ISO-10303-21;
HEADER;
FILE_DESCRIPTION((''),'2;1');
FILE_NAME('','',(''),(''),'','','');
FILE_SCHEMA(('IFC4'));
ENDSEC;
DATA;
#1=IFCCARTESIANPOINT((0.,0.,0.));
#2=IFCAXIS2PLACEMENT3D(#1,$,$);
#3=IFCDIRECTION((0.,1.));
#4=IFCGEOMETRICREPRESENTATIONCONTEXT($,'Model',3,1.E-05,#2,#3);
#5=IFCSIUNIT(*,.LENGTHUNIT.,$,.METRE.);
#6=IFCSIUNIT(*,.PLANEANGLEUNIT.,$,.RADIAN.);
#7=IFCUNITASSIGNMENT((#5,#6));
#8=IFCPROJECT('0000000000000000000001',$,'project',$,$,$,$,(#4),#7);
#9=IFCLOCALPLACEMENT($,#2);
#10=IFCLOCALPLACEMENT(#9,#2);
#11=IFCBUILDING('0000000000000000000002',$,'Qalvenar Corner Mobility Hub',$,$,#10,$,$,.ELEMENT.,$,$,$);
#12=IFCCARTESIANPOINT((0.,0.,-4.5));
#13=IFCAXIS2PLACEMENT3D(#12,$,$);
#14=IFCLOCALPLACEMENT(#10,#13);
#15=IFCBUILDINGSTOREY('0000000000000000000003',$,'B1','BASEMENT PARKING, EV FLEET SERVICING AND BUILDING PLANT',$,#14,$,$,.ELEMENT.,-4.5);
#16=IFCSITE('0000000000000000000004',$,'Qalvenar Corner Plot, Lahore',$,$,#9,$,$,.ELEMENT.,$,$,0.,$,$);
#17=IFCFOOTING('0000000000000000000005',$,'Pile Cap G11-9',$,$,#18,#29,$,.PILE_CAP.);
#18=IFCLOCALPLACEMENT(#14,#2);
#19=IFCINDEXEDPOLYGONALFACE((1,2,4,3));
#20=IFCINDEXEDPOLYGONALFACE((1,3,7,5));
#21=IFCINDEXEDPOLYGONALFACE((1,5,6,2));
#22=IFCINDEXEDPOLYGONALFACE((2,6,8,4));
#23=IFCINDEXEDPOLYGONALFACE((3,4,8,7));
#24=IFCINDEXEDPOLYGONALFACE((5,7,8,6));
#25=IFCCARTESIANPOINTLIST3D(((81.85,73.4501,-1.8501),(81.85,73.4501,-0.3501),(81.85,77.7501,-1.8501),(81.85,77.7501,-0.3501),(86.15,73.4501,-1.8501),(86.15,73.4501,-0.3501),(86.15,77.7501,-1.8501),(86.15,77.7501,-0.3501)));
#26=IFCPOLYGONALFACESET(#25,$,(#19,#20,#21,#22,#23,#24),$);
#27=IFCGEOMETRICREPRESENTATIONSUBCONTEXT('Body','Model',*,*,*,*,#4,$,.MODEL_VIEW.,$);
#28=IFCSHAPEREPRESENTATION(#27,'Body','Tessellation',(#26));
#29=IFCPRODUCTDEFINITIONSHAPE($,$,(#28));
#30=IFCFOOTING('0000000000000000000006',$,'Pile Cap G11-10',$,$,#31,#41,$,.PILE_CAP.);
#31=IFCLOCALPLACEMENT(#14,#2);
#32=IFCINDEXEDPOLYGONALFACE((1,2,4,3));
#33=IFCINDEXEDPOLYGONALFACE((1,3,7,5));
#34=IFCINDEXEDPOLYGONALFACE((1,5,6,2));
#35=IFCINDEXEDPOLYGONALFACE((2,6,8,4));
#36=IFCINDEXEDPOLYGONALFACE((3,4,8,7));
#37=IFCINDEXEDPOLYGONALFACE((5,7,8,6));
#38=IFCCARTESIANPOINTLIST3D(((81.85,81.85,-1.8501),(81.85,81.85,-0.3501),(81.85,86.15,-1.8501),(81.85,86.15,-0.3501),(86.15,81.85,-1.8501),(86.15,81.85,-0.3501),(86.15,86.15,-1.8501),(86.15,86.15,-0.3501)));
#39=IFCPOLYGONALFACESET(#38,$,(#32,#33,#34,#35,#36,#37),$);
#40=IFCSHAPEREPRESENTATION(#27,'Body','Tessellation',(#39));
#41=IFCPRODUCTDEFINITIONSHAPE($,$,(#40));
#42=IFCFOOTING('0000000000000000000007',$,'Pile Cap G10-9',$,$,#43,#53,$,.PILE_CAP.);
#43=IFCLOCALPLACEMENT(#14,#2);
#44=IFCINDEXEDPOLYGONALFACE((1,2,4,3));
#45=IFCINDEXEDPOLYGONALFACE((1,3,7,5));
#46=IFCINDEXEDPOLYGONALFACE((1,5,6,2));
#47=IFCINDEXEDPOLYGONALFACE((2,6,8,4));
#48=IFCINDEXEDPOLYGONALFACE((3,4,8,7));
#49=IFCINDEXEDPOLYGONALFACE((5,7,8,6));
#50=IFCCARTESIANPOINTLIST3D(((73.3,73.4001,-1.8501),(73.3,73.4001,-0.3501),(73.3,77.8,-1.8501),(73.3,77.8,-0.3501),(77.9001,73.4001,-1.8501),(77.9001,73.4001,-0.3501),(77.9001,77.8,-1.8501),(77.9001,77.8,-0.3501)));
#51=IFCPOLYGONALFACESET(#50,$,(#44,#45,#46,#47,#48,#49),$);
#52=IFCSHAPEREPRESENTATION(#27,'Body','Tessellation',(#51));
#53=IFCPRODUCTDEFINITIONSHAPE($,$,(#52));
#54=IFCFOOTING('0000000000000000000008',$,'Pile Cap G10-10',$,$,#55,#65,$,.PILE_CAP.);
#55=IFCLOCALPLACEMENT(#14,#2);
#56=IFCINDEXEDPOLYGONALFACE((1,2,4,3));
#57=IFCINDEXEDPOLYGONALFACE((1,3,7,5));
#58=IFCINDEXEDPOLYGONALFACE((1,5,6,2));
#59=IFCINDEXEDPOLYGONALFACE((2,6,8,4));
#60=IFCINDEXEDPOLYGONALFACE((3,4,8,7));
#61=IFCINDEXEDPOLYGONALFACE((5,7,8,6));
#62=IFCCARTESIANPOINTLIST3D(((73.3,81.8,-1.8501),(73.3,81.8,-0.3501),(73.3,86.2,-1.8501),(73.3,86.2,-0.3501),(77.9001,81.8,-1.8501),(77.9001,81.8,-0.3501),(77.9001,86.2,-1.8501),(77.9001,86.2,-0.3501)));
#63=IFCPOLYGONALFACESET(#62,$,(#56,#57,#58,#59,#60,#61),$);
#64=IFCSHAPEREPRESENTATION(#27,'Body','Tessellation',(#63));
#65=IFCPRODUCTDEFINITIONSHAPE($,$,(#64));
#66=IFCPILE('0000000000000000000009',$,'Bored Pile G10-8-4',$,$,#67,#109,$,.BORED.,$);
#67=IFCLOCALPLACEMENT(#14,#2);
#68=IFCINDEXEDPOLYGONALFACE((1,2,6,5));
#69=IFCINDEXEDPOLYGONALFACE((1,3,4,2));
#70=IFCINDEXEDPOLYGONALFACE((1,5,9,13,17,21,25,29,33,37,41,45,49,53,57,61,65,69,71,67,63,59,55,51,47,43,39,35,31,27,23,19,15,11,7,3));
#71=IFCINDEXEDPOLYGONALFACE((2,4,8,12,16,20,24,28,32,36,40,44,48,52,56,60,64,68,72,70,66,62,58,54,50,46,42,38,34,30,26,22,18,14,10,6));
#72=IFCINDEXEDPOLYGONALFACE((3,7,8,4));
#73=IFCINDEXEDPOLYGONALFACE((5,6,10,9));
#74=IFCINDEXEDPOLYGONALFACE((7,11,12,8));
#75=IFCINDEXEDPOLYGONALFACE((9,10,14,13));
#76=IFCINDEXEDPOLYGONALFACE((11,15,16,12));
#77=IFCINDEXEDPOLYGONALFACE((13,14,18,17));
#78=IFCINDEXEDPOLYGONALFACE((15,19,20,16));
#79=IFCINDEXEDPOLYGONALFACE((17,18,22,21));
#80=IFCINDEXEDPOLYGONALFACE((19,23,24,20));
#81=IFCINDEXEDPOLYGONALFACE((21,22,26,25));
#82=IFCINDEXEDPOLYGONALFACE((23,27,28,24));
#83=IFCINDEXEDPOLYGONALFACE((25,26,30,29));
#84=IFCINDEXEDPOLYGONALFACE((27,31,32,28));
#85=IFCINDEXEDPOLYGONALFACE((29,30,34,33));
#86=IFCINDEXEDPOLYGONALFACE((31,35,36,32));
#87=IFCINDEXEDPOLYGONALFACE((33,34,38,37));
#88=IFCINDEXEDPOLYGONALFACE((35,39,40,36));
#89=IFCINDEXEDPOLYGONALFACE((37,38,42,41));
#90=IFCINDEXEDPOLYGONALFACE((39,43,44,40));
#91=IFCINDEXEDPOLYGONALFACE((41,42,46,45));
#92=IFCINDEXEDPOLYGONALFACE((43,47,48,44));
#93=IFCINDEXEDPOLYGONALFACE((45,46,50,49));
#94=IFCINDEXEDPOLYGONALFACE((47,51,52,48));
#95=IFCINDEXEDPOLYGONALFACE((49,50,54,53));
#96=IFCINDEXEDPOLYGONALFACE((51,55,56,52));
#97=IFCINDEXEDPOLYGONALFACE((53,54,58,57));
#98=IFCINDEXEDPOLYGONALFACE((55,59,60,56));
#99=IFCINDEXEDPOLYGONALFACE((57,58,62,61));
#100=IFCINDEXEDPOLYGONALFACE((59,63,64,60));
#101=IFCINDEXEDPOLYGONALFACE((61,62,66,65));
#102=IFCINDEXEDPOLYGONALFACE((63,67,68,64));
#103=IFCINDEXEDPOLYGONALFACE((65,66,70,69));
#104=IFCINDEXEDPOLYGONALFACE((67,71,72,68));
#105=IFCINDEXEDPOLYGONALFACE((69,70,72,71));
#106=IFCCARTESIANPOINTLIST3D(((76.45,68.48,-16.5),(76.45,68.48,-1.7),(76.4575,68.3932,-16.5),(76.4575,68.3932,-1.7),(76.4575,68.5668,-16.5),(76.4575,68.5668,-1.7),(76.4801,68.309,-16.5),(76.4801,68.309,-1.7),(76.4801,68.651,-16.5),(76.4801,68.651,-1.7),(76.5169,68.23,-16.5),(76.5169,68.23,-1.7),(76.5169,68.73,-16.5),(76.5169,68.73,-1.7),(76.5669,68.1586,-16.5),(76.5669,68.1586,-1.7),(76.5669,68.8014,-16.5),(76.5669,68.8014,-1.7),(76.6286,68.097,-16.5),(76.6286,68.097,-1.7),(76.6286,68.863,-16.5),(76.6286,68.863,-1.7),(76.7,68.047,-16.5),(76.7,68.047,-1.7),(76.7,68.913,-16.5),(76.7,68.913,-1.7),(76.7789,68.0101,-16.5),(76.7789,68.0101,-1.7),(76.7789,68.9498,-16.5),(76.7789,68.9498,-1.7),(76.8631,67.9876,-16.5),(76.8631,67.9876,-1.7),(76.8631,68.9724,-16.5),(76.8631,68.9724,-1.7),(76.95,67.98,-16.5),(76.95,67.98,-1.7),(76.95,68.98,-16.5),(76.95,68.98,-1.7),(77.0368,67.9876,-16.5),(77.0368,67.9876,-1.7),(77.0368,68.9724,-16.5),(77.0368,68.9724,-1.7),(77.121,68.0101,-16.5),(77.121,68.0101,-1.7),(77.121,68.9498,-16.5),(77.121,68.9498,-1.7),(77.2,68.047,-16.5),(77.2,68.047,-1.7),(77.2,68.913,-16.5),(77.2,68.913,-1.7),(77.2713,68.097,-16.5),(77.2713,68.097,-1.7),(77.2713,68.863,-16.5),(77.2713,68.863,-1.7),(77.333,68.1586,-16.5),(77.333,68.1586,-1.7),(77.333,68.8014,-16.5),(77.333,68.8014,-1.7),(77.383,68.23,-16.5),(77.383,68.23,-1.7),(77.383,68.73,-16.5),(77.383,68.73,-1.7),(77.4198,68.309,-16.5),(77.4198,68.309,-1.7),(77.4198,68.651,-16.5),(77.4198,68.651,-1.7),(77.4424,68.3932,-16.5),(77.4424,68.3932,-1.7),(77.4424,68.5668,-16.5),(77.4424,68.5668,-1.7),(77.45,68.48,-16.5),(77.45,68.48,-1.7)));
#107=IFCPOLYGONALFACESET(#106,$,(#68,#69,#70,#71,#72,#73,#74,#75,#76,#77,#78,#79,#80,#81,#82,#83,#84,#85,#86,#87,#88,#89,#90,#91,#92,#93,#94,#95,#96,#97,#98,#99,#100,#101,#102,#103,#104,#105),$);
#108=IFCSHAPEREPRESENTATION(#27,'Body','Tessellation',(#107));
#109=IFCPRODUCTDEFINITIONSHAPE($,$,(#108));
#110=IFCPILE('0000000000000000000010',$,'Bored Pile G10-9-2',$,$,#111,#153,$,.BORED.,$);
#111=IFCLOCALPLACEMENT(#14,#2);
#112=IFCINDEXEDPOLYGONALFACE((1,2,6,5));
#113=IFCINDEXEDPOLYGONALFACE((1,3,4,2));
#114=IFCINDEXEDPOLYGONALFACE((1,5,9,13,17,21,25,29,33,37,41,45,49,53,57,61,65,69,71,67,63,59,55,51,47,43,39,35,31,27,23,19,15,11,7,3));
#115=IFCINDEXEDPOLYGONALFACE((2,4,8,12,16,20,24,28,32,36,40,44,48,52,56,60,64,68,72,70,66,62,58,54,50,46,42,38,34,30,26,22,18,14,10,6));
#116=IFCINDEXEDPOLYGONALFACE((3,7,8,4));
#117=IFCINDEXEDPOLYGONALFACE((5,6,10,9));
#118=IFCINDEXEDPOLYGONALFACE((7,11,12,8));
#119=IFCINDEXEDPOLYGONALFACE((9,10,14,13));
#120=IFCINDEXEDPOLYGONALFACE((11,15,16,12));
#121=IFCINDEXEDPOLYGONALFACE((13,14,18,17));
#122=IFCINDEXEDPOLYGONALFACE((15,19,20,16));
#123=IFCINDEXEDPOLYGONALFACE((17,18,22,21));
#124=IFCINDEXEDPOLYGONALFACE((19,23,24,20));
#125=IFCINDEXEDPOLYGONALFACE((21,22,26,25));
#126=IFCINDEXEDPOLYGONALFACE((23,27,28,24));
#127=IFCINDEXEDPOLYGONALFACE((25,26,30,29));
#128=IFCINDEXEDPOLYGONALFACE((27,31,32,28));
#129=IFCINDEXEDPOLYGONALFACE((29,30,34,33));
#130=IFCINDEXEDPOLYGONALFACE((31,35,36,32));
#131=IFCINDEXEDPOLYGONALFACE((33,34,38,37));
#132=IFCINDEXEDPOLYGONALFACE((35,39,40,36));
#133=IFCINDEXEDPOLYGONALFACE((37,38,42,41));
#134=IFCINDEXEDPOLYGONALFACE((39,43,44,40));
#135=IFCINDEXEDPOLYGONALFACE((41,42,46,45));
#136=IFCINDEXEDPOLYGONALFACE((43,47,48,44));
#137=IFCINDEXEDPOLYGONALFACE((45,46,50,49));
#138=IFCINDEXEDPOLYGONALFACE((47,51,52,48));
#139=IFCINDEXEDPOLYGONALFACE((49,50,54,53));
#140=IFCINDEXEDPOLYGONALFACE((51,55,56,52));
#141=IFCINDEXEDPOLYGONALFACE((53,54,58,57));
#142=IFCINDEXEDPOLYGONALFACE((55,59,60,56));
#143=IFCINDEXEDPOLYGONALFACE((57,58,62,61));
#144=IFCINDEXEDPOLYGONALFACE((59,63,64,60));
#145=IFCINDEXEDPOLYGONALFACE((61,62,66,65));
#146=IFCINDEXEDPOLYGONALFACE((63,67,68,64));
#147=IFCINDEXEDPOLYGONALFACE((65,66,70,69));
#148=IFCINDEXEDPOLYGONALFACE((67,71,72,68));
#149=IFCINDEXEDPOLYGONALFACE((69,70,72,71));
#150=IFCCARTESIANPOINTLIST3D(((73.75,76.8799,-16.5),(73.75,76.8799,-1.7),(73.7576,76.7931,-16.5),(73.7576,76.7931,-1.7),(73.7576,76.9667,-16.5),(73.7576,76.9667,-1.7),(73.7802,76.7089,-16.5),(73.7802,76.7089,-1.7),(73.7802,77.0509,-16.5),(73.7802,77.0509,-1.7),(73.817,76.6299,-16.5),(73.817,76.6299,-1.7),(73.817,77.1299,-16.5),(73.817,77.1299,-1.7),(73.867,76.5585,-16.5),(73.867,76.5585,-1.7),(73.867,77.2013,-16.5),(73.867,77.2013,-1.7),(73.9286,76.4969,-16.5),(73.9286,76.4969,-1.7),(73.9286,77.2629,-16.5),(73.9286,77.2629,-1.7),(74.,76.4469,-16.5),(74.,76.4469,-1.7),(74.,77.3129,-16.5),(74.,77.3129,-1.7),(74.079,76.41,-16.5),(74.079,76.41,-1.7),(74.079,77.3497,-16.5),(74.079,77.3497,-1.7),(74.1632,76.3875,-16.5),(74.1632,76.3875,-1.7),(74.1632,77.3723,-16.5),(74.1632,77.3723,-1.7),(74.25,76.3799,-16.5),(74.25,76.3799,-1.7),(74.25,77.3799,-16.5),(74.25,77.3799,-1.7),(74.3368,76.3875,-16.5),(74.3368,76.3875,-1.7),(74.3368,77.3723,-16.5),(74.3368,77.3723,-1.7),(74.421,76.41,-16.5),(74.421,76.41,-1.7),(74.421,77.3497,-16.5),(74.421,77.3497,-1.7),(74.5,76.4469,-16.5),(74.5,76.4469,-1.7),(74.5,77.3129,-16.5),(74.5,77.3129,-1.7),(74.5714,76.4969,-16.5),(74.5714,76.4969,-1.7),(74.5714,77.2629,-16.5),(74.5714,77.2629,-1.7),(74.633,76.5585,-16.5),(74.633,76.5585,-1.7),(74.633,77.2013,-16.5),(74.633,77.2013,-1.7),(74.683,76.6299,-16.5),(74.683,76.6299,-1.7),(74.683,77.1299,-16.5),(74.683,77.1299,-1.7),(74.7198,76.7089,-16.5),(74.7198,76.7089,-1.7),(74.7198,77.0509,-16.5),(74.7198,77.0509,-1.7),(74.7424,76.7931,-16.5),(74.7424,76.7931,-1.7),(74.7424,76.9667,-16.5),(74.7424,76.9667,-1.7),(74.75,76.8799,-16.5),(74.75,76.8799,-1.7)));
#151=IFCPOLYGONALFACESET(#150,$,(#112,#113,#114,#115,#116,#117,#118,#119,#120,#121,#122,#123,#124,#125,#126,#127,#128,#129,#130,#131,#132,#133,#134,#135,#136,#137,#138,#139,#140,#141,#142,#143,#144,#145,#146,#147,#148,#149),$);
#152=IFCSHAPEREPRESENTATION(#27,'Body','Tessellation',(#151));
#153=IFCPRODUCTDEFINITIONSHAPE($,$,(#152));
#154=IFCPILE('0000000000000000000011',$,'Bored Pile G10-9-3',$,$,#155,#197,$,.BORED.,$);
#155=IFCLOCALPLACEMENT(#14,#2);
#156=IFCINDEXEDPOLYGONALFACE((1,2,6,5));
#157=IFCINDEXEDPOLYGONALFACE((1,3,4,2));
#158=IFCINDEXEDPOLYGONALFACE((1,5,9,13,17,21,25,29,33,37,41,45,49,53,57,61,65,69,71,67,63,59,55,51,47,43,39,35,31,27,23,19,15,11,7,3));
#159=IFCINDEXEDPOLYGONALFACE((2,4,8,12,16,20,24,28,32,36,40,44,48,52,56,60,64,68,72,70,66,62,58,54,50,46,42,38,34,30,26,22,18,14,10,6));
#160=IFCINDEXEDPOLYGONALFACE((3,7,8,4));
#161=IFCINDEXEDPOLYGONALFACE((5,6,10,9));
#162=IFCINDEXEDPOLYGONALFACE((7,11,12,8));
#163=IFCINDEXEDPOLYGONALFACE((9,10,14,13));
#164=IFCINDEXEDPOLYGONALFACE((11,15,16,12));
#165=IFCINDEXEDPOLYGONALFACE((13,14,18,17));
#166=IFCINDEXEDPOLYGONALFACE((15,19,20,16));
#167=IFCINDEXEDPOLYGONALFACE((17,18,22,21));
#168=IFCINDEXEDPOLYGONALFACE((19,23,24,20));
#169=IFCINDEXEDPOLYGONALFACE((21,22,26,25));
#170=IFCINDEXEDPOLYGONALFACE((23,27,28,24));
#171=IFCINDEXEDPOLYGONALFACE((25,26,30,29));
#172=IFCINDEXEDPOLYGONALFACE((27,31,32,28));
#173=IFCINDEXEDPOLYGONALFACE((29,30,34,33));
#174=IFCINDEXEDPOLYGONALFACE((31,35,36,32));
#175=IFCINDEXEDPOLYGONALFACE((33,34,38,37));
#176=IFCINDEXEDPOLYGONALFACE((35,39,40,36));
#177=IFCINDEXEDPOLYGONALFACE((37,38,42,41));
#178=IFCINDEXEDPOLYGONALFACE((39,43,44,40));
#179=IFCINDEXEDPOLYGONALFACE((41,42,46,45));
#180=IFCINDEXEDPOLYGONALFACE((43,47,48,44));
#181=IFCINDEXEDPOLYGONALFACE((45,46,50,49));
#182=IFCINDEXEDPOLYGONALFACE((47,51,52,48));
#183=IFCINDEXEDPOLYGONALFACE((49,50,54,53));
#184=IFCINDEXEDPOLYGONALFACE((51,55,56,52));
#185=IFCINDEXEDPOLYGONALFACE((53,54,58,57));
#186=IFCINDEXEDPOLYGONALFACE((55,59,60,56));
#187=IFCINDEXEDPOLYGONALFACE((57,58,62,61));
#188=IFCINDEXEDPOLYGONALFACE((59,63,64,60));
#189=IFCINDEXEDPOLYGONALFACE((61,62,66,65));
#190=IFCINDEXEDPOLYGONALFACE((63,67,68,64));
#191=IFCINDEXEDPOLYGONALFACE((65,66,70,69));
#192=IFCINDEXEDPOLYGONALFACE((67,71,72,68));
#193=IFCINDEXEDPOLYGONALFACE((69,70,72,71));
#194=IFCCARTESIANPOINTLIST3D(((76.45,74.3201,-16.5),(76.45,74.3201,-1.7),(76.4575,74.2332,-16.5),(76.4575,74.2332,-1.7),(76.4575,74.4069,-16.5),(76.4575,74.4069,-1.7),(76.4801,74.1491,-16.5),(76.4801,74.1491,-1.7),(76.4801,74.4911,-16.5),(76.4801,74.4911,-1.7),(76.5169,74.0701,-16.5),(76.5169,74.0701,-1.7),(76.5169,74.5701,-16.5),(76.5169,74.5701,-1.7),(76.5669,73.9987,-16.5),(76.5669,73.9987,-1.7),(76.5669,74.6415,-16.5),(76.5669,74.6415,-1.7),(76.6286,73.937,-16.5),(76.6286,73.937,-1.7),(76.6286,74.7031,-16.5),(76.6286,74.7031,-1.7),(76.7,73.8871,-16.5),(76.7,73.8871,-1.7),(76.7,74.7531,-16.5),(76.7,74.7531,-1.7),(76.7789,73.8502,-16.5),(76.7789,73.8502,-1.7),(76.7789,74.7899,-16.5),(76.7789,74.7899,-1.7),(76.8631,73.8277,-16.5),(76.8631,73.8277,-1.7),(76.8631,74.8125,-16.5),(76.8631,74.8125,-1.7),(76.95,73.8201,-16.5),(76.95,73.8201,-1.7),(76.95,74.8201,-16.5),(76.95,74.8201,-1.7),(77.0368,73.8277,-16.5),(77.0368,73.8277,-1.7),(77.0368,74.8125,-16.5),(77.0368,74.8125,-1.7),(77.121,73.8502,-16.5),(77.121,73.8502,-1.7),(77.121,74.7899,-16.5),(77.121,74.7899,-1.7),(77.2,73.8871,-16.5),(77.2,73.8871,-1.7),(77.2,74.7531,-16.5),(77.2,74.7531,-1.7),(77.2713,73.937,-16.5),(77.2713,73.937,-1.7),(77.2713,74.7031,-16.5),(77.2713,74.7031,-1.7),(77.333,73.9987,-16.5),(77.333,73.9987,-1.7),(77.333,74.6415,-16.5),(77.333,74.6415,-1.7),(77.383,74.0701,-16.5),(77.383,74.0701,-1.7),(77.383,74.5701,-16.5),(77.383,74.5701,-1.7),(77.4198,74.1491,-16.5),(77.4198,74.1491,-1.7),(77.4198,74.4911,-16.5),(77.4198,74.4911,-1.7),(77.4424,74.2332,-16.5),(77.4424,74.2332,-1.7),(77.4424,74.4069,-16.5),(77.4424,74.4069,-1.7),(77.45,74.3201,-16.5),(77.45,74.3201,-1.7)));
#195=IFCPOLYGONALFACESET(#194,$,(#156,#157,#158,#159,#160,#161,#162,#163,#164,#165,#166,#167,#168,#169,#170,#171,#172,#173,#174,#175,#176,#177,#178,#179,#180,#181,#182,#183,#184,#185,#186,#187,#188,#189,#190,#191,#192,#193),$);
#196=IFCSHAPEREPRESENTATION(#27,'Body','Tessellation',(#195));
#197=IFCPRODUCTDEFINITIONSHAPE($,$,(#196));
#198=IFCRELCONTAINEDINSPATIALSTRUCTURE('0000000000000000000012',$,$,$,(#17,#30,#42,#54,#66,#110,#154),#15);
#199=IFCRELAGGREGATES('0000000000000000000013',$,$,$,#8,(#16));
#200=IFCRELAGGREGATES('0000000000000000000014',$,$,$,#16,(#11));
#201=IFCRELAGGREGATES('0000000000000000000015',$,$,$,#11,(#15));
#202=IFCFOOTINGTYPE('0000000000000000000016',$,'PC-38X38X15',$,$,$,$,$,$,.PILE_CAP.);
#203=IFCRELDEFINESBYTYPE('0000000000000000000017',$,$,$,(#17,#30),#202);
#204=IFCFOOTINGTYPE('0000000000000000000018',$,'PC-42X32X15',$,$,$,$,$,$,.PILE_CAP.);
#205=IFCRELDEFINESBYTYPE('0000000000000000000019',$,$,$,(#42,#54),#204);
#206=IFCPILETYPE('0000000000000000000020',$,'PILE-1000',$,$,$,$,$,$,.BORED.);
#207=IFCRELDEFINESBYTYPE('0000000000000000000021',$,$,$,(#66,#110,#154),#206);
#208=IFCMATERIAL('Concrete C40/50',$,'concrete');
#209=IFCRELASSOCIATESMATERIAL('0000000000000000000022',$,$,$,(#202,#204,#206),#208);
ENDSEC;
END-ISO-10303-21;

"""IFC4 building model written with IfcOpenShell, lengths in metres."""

from ifc_helpers import new_model, si_unit, direction, frame, origin, origin_2d, place, context, subcontext, project, spatial, rectangle, circle, extrude, material, material_profile, profile_set, type_object, element, save


model = new_model("IFC4")

# Units and contexts
model_context = context("Model", 3, precision=1e-05, world=origin(), true_north=direction((0.0, 1.0)))
body_context = subcontext(model_context, "Body", "Model", "MODEL_VIEW")
ifc_project = project(units=[si_unit("LENGTHUNIT", "METRE"), si_unit("PLANEANGLEUNIT", "RADIAN")], contexts=[model_context])

# Site, building, storey
site_placement = place(None, origin())
site = spatial("IfcSite", under=ifc_project, at=site_placement, Name="Qalvenar Corner Plot, Lahore", CompositionType="ELEMENT", RefElevation=0.0)
building_placement = place(site_placement, origin())
building = spatial("IfcBuilding", under=site, at=building_placement, Name="Qalvenar Corner Mobility Hub", CompositionType="ELEMENT")
storey_placement = place(building_placement, frame((0.0, 0.0, -4.5)))
storey = spatial("IfcBuildingStorey", under=building, at=storey_placement, Name="B1", Description="BASEMENT PARKING, EV FLEET SERVICING AND BUILDING PLANT", CompositionType="ELEMENT", Elevation=-4.5)

# Footings
ifc_material_1 = material(Name="Concrete C40/50", Category="concrete")
footing_type_1 = type_object("IfcFootingType", Name="PC-38X38X15", PredefinedType="PILE_CAP", material=ifc_material_1)
for number, where, z_axis, x_axis, name in (
    (1, (84.0, 75.6001, -1.8501), (0.0, 0.0, 1.0), (1.0, 0.0, 0.0), "Pile Cap G11-9"),
    (2, (84.0, 84.0, -1.8501), (0.0, 0.0, 1.0), (1.0, 0.0, 0.0), "Pile Cap G11-10"),
):
    element("IfcFooting", number, at=place(storey_placement, frame(where, z_axis=z_axis, x_axis=x_axis)), inside=storey, type_object=footing_type_1, Name=name, PredefinedType="PILE_CAP", context=body_context, shape_type="SweptSolid", body=[
        extrude(rectangle(XDim=4.3, YDim=4.3, at=origin_2d()), origin(), (0.0, 0.0, 1.0), 1.5),
    ])
footing_type_2 = type_object("IfcFootingType", Name="PC-42X32X15", PredefinedType="PILE_CAP", material=ifc_material_1)
for number, where, z_axis, x_axis, name in (
    (3, (75.6001, 75.6001, -1.8501), (0.0, 0.0, 1.0), (1.0, 0.0, 0.0), "Pile Cap G10-9"),
    (4, (75.6001, 84.0, -1.8501), (0.0, 0.0, 1.0), (1.0, 0.0, 0.0), "Pile Cap G10-10"),
):
    element("IfcFooting", number, at=place(storey_placement, frame(where, z_axis=z_axis, x_axis=x_axis)), inside=storey, type_object=footing_type_2, Name=name, PredefinedType="PILE_CAP", context=body_context, shape_type="SweptSolid", body=[
        extrude(rectangle(XDim=4.6001, YDim=4.3999, at=origin_2d()), origin(), (0.0, 0.0, 1.0), 1.5),
    ])

# Piles
ifc_material_profile_1 = material_profile(ifc_material_1, circle(Radius=0.5, at=origin_2d()), Name="DIA1000")
ifc_profile_set_1 = profile_set([ifc_material_profile_1], Name="Concrete C40/50")
pile_type = type_object("IfcPileType", Name="PILE-1000", PredefinedType="BORED", material=ifc_profile_set_1)
for number, where, z_axis, x_axis, name in (
    (5, (76.95, 68.48, -1.7), (0.0, 0.0, -1.0), (1.0, 0.0, 0.0), "Bored Pile G10-8-4"),
    (6, (74.25, 76.8799, -1.7), (0.0, 0.0, -1.0), (1.0, 0.0, 0.0), "Bored Pile G10-9-2"),
    (7, (76.95, 74.3201, -1.7), (0.0, 0.0, -1.0), (1.0, 0.0, 0.0), "Bored Pile G10-9-3"),
):
    element("IfcPile", number, at=place(storey_placement, frame(where, z_axis=z_axis, x_axis=x_axis)), inside=storey, type_object=pile_type, Name=name, PredefinedType="BORED", context=body_context, shape_type="SweptSolid", body=[
        extrude(circle(Radius=0.5, at=origin_2d()), origin(), (0.0, 0.0, 1.0), 14.8),
    ])

save(model, "model.ifc")
